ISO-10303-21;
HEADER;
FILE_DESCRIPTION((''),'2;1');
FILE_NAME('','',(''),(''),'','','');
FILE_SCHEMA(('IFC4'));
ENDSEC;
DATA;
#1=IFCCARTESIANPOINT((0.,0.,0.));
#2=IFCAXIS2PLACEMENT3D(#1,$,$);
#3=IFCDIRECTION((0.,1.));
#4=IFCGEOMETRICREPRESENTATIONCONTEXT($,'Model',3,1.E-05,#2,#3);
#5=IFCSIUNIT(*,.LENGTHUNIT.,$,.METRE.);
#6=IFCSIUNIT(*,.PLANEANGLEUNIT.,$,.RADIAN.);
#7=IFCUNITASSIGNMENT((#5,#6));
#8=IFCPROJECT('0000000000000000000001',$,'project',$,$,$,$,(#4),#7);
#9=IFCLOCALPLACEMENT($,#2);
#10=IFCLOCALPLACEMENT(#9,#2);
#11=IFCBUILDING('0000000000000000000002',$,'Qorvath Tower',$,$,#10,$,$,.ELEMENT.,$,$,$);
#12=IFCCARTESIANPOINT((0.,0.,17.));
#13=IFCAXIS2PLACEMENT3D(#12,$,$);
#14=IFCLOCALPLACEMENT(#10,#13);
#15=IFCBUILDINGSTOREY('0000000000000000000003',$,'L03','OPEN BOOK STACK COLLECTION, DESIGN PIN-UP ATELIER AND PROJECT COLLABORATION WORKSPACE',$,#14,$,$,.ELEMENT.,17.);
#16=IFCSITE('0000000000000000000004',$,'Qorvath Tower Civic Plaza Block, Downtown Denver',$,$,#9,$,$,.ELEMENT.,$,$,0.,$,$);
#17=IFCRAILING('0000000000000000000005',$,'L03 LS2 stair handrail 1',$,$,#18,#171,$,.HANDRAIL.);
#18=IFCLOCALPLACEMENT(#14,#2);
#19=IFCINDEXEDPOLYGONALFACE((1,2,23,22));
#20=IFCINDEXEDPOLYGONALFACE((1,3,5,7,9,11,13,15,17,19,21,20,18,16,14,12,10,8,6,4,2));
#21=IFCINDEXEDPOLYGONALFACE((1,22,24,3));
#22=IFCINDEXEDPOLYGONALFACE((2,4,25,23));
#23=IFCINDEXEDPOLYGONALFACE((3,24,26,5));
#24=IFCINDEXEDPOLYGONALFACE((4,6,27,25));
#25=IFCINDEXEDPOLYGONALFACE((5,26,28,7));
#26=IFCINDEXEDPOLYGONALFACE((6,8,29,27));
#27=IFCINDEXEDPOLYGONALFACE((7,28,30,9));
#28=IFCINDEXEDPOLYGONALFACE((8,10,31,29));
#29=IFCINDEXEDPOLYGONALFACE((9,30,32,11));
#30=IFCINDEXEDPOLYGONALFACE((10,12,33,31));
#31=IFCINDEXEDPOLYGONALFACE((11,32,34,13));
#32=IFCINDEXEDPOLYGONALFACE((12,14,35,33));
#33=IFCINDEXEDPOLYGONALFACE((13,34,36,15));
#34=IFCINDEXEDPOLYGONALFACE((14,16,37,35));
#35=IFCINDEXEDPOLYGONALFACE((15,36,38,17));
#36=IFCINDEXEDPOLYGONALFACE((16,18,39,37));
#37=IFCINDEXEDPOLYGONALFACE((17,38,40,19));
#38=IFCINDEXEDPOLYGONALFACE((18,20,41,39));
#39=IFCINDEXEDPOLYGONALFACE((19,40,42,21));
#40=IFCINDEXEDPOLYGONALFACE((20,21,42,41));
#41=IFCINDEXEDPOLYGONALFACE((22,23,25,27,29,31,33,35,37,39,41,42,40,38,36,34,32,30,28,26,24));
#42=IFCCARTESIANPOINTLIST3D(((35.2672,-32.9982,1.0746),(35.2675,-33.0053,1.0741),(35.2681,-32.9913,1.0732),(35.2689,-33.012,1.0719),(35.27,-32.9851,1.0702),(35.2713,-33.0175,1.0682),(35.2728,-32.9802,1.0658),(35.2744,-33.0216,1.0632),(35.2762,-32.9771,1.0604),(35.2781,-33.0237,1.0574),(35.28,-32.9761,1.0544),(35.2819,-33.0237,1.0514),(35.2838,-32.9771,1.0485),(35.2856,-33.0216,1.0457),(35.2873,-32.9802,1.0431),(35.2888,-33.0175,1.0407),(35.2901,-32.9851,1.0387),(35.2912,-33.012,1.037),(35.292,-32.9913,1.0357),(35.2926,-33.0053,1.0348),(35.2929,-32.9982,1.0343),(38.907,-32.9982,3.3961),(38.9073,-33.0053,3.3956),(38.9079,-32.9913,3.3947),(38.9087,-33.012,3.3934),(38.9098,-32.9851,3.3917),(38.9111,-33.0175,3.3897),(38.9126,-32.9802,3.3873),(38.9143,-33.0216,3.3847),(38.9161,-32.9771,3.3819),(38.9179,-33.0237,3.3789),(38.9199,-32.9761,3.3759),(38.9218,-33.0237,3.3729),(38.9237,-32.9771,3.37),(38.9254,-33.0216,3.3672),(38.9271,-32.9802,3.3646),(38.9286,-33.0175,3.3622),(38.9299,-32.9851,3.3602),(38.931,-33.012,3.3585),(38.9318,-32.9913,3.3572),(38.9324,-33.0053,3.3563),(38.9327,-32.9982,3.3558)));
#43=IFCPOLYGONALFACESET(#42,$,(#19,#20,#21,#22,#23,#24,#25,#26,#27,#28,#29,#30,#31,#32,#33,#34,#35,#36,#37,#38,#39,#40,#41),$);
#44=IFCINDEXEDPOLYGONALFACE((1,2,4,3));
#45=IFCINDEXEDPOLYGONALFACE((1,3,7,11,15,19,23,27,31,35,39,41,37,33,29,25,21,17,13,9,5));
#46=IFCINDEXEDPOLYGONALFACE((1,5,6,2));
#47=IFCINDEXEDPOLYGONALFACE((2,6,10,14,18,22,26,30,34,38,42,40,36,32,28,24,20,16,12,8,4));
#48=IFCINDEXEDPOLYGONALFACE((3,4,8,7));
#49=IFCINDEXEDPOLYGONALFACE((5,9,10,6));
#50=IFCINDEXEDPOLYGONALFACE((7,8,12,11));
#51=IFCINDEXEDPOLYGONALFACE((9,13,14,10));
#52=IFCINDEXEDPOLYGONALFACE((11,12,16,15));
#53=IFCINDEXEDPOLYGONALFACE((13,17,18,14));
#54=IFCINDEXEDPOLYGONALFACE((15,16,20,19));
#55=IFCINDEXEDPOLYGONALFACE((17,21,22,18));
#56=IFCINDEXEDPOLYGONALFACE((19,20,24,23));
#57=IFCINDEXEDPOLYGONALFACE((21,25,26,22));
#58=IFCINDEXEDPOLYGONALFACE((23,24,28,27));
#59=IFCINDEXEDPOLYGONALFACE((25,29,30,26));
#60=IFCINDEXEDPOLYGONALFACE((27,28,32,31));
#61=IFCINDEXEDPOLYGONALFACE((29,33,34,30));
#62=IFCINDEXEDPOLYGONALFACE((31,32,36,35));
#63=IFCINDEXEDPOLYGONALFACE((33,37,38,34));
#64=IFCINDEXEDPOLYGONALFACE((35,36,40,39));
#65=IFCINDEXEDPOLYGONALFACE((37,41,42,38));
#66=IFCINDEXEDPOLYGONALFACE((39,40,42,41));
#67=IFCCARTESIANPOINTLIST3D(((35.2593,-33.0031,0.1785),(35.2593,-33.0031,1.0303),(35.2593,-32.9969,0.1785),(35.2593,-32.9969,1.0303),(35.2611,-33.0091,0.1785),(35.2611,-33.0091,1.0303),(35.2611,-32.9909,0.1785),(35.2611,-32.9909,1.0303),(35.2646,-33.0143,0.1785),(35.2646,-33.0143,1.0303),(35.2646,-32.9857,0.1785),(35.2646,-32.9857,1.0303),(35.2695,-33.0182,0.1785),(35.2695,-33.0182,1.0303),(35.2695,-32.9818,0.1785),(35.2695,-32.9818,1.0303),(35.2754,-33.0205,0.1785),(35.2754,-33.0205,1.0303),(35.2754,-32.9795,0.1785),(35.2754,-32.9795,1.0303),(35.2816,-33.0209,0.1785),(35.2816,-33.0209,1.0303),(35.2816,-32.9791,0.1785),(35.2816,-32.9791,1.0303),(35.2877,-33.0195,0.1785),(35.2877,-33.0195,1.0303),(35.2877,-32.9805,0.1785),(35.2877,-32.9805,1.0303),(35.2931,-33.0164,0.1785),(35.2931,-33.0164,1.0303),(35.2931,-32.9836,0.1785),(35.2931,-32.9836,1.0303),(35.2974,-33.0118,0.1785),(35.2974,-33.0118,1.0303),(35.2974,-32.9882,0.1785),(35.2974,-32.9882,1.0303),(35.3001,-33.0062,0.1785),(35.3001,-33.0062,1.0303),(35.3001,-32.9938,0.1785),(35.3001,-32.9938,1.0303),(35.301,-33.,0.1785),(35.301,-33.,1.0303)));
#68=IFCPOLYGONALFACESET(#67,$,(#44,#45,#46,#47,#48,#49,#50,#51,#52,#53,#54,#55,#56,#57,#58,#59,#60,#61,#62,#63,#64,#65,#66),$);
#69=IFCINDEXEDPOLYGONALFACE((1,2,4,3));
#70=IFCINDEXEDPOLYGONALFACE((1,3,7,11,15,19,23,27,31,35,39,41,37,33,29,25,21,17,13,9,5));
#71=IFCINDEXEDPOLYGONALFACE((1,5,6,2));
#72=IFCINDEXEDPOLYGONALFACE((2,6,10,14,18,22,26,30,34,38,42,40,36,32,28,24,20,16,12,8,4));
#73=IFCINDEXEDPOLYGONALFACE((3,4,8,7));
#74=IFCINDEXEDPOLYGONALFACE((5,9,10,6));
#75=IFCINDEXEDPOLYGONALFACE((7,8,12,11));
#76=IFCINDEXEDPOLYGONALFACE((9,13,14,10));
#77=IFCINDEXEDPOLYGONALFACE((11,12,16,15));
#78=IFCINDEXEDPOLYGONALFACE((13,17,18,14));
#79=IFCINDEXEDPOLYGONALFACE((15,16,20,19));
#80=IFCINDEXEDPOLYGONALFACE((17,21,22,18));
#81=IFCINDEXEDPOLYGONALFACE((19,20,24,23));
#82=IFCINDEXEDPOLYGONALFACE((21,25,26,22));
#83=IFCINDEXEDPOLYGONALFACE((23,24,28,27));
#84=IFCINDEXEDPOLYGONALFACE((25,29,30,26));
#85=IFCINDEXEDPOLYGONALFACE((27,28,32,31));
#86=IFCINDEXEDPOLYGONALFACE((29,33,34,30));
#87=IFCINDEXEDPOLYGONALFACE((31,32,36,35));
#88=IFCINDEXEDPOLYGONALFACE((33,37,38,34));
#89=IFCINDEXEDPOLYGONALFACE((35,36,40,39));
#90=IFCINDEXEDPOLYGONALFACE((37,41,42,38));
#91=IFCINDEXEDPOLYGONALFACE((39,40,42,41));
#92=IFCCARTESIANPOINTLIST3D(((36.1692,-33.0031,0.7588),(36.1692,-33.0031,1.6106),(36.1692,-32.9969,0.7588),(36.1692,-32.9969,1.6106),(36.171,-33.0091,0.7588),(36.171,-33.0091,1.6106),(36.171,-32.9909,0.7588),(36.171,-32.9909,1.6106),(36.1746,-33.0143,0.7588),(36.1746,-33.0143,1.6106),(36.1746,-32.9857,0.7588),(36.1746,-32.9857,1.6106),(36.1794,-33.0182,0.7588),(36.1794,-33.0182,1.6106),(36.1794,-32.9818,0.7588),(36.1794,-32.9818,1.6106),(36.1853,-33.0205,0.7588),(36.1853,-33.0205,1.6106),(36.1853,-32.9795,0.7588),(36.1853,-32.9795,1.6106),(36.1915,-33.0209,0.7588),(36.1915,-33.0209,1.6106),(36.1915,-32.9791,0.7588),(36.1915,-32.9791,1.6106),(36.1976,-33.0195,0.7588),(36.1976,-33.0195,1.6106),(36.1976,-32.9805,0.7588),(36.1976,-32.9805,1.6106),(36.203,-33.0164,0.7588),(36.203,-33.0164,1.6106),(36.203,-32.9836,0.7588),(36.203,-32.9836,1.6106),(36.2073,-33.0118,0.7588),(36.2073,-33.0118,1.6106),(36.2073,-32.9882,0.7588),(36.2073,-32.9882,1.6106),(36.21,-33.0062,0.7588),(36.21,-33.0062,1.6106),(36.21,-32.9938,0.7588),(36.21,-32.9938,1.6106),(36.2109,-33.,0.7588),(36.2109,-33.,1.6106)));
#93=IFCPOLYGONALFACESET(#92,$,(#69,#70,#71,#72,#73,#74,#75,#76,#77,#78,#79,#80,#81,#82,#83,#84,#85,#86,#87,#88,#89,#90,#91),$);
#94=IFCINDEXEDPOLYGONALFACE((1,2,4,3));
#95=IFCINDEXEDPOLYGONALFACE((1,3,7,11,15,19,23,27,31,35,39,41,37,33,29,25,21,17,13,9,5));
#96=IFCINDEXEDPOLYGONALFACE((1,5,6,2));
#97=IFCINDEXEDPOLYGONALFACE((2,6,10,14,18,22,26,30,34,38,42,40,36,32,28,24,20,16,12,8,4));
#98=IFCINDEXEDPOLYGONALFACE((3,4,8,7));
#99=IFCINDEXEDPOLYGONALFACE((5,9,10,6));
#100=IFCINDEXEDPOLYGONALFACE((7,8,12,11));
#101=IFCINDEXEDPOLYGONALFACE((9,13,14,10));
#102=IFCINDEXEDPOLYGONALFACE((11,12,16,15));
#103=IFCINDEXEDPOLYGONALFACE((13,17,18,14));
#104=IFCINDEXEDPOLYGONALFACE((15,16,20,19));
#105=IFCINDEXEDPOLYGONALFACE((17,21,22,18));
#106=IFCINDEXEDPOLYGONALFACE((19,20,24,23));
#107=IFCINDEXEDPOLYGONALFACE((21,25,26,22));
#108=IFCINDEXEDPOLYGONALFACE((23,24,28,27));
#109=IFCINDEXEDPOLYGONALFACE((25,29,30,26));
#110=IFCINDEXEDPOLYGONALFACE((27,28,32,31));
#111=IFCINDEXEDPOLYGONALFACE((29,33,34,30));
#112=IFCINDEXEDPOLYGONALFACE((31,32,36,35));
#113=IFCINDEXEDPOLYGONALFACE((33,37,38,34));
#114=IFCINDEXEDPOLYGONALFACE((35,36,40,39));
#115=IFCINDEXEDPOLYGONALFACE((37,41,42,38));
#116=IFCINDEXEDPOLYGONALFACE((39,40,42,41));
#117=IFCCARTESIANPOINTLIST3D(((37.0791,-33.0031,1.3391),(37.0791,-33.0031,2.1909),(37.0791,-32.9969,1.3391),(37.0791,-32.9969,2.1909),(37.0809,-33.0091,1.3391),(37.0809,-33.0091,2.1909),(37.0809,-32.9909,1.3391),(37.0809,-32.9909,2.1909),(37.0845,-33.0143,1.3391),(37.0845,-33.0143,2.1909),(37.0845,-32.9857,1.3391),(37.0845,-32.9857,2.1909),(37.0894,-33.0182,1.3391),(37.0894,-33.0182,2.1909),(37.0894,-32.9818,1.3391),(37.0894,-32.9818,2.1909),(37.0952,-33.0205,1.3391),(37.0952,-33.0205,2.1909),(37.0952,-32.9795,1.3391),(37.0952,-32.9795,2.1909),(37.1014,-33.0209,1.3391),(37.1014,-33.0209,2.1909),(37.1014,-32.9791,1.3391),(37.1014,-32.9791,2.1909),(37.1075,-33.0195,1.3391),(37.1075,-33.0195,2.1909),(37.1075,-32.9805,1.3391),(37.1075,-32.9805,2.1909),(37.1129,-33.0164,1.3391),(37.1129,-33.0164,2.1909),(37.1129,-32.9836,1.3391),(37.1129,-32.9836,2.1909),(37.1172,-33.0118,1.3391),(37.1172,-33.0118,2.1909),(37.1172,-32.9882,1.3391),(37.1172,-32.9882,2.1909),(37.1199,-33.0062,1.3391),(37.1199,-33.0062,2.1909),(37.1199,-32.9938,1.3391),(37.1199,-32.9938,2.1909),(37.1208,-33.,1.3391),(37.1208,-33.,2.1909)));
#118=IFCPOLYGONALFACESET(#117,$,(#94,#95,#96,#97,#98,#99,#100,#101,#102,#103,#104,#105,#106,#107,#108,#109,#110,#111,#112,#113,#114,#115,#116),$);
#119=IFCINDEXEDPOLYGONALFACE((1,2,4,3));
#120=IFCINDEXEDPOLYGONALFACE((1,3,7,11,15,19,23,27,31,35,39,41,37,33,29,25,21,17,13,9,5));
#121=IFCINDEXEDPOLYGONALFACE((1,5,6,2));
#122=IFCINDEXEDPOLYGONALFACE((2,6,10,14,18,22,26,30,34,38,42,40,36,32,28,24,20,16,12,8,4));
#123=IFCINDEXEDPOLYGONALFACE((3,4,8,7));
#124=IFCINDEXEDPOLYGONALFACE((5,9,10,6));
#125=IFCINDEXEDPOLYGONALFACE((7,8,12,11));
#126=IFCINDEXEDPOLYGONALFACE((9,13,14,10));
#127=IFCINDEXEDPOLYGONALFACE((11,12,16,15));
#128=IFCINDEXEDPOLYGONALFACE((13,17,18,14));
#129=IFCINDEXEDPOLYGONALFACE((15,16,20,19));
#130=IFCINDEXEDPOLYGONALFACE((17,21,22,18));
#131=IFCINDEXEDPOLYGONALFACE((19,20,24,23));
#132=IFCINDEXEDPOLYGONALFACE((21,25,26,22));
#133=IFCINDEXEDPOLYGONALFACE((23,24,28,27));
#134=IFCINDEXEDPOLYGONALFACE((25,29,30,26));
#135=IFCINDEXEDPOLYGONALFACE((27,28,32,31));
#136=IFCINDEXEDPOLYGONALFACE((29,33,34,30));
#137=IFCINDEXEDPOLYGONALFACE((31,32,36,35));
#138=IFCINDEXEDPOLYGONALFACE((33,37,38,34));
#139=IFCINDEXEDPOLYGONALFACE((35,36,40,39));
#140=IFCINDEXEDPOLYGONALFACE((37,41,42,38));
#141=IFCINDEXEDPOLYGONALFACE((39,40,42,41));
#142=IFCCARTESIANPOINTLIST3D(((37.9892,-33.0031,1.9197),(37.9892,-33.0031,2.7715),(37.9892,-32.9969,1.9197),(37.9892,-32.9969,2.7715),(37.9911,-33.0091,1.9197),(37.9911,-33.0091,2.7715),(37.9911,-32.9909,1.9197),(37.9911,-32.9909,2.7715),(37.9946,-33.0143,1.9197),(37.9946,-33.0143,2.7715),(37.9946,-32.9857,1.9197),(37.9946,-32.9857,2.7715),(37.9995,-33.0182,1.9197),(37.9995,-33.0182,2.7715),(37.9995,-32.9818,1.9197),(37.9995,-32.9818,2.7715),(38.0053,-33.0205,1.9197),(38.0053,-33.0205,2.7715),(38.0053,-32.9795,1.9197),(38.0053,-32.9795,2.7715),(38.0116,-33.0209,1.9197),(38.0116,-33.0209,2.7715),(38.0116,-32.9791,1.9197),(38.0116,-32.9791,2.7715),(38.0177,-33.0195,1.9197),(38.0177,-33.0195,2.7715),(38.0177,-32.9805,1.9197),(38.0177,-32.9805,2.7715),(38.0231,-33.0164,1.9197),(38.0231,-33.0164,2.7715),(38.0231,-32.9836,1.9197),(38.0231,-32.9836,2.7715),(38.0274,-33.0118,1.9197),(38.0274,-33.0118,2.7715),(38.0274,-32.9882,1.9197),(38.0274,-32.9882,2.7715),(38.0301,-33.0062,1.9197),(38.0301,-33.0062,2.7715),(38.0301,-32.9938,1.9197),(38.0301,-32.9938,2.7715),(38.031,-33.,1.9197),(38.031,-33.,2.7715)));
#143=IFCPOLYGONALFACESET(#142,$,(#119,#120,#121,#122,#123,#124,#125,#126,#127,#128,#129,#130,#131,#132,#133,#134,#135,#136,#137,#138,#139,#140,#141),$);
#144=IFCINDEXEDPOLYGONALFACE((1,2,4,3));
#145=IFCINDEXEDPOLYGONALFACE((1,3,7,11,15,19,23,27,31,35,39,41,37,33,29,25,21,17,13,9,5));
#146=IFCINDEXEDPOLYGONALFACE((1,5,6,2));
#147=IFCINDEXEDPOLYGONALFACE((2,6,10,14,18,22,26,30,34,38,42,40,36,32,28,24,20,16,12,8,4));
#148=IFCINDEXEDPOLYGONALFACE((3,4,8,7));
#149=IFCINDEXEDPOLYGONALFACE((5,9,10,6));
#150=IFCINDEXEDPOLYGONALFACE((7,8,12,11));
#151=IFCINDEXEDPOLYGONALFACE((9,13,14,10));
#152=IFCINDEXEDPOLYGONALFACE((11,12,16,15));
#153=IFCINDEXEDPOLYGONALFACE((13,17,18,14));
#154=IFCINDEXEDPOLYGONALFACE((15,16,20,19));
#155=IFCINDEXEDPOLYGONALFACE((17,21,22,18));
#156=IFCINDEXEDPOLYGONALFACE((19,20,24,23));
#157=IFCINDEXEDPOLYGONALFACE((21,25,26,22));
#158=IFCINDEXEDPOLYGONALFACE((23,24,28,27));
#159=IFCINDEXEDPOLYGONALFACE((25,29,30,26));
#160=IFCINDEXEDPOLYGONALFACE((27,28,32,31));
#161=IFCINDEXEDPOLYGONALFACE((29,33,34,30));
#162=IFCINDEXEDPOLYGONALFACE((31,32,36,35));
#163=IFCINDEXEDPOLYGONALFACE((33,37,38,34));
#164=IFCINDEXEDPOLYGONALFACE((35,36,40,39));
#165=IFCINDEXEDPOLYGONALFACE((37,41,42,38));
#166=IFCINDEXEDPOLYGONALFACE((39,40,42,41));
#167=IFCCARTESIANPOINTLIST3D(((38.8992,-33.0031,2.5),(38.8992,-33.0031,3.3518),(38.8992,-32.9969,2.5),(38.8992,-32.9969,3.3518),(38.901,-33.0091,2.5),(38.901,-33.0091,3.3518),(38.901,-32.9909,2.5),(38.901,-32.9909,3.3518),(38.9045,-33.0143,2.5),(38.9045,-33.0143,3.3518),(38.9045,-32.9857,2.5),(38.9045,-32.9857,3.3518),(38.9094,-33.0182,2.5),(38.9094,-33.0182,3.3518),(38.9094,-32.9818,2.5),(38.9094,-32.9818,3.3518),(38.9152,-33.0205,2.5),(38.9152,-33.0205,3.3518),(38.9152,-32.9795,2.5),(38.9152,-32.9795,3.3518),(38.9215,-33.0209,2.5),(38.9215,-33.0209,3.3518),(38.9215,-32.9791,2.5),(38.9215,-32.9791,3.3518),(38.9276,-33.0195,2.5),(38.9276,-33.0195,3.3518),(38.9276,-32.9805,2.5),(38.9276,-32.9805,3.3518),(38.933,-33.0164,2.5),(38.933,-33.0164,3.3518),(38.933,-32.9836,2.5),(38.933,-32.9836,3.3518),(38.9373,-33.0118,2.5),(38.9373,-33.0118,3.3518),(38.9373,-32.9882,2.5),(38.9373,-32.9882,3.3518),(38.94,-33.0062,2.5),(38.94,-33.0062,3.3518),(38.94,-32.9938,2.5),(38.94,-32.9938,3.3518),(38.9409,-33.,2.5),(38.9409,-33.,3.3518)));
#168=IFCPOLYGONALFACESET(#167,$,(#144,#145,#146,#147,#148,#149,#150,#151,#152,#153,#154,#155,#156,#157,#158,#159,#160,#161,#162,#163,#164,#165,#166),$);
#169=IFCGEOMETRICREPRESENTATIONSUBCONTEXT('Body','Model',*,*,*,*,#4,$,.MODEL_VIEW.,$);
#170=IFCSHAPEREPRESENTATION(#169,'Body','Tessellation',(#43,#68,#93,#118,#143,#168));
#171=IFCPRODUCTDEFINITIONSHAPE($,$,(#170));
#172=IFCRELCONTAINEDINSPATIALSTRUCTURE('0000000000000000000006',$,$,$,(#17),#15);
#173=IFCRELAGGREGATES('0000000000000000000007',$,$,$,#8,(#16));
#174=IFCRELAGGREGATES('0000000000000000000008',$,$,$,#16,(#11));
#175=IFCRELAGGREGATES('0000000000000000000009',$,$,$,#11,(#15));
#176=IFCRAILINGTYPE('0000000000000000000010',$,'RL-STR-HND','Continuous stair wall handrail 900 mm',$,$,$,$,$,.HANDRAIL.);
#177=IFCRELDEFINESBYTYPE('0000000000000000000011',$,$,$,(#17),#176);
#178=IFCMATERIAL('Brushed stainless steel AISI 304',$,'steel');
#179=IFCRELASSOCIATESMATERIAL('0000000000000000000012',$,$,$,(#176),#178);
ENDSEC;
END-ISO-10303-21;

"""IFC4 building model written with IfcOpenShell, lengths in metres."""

from ifc_helpers import new_model, si_unit, direction, frame, origin, origin_2d, place, context, subcontext, project, spatial, circle, extrude, material, type_object, element, save


model = new_model("IFC4")

# Units and contexts
model_context = context("Model", 3, precision=1e-05, world=origin(), true_north=direction((0.0, 1.0)))
body_context = subcontext(model_context, "Body", "Model", "MODEL_VIEW")
ifc_project = project(units=[si_unit("LENGTHUNIT", "METRE"), si_unit("PLANEANGLEUNIT", "RADIAN")], contexts=[model_context])

# Site, building, storey
site_placement = place(None, origin())
site = spatial("IfcSite", under=ifc_project, at=site_placement, Name="Qorvath Tower Civic Plaza Block, Downtown Denver", CompositionType="ELEMENT", RefElevation=0.0)
building_placement = place(site_placement, origin())
building = spatial("IfcBuilding", under=site, at=building_placement, Name="Qorvath Tower", CompositionType="ELEMENT")
storey_placement = place(building_placement, frame((0.0, 0.0, 17.0)))
storey = spatial("IfcBuildingStorey", under=building, at=storey_placement, Name="L03", Description="OPEN BOOK STACK COLLECTION, DESIGN PIN-UP ATELIER AND PROJECT COLLABORATION WORKSPACE", CompositionType="ELEMENT", Elevation=17.0)

# Railing
ifc_material_1 = material(Name="Brushed stainless steel AISI 304", Category="steel")
railing_type_1 = type_object("IfcRailingType", Name="RL-STR-HND", Description="Continuous stair wall handrail 900 mm", PredefinedType="HANDRAIL", material=ifc_material_1)
railing_1_placement = place(storey_placement, frame((35.28, -33.0, 0.1785)))
element("IfcRailing", 1, at=railing_1_placement, inside=storey, type_object=railing_type_1, Name="L03 LS2 stair handrail 1", PredefinedType="HANDRAIL", context=body_context, shape_type="SweptSolid", body=[
    extrude(circle(Radius=0.0239, at=origin_2d()), frame((0.0, 0.0, 0.876), z_axis=(0.843112, 0.0, 0.537739), x_axis=(0.0, 1.0, 0.0)), (0.0, 0.0, 1.0), 4.3171),
    extrude(circle(Radius=0.021, at=origin_2d()), origin(), (0.0, 0.0, 1.0), 0.8518),
    extrude(circle(Radius=0.021, at=origin_2d()), frame((0.9099, 0.0, 0.5803)), (0.0, 0.0, 1.0), 0.8518),
    extrude(circle(Radius=0.021, at=origin_2d()), frame((1.8198, 0.0, 1.1606)), (0.0, 0.0, 1.0), 0.8518),
    extrude(circle(Radius=0.021, at=origin_2d()), frame((2.73, 0.0, 1.7412)), (0.0, 0.0, 1.0), 0.8518),
    extrude(circle(Radius=0.021, at=origin_2d()), frame((3.6399, 0.0, 2.3215)), (0.0, 0.0, 1.0), 0.8518),
])

save(model, "model.ifc")
